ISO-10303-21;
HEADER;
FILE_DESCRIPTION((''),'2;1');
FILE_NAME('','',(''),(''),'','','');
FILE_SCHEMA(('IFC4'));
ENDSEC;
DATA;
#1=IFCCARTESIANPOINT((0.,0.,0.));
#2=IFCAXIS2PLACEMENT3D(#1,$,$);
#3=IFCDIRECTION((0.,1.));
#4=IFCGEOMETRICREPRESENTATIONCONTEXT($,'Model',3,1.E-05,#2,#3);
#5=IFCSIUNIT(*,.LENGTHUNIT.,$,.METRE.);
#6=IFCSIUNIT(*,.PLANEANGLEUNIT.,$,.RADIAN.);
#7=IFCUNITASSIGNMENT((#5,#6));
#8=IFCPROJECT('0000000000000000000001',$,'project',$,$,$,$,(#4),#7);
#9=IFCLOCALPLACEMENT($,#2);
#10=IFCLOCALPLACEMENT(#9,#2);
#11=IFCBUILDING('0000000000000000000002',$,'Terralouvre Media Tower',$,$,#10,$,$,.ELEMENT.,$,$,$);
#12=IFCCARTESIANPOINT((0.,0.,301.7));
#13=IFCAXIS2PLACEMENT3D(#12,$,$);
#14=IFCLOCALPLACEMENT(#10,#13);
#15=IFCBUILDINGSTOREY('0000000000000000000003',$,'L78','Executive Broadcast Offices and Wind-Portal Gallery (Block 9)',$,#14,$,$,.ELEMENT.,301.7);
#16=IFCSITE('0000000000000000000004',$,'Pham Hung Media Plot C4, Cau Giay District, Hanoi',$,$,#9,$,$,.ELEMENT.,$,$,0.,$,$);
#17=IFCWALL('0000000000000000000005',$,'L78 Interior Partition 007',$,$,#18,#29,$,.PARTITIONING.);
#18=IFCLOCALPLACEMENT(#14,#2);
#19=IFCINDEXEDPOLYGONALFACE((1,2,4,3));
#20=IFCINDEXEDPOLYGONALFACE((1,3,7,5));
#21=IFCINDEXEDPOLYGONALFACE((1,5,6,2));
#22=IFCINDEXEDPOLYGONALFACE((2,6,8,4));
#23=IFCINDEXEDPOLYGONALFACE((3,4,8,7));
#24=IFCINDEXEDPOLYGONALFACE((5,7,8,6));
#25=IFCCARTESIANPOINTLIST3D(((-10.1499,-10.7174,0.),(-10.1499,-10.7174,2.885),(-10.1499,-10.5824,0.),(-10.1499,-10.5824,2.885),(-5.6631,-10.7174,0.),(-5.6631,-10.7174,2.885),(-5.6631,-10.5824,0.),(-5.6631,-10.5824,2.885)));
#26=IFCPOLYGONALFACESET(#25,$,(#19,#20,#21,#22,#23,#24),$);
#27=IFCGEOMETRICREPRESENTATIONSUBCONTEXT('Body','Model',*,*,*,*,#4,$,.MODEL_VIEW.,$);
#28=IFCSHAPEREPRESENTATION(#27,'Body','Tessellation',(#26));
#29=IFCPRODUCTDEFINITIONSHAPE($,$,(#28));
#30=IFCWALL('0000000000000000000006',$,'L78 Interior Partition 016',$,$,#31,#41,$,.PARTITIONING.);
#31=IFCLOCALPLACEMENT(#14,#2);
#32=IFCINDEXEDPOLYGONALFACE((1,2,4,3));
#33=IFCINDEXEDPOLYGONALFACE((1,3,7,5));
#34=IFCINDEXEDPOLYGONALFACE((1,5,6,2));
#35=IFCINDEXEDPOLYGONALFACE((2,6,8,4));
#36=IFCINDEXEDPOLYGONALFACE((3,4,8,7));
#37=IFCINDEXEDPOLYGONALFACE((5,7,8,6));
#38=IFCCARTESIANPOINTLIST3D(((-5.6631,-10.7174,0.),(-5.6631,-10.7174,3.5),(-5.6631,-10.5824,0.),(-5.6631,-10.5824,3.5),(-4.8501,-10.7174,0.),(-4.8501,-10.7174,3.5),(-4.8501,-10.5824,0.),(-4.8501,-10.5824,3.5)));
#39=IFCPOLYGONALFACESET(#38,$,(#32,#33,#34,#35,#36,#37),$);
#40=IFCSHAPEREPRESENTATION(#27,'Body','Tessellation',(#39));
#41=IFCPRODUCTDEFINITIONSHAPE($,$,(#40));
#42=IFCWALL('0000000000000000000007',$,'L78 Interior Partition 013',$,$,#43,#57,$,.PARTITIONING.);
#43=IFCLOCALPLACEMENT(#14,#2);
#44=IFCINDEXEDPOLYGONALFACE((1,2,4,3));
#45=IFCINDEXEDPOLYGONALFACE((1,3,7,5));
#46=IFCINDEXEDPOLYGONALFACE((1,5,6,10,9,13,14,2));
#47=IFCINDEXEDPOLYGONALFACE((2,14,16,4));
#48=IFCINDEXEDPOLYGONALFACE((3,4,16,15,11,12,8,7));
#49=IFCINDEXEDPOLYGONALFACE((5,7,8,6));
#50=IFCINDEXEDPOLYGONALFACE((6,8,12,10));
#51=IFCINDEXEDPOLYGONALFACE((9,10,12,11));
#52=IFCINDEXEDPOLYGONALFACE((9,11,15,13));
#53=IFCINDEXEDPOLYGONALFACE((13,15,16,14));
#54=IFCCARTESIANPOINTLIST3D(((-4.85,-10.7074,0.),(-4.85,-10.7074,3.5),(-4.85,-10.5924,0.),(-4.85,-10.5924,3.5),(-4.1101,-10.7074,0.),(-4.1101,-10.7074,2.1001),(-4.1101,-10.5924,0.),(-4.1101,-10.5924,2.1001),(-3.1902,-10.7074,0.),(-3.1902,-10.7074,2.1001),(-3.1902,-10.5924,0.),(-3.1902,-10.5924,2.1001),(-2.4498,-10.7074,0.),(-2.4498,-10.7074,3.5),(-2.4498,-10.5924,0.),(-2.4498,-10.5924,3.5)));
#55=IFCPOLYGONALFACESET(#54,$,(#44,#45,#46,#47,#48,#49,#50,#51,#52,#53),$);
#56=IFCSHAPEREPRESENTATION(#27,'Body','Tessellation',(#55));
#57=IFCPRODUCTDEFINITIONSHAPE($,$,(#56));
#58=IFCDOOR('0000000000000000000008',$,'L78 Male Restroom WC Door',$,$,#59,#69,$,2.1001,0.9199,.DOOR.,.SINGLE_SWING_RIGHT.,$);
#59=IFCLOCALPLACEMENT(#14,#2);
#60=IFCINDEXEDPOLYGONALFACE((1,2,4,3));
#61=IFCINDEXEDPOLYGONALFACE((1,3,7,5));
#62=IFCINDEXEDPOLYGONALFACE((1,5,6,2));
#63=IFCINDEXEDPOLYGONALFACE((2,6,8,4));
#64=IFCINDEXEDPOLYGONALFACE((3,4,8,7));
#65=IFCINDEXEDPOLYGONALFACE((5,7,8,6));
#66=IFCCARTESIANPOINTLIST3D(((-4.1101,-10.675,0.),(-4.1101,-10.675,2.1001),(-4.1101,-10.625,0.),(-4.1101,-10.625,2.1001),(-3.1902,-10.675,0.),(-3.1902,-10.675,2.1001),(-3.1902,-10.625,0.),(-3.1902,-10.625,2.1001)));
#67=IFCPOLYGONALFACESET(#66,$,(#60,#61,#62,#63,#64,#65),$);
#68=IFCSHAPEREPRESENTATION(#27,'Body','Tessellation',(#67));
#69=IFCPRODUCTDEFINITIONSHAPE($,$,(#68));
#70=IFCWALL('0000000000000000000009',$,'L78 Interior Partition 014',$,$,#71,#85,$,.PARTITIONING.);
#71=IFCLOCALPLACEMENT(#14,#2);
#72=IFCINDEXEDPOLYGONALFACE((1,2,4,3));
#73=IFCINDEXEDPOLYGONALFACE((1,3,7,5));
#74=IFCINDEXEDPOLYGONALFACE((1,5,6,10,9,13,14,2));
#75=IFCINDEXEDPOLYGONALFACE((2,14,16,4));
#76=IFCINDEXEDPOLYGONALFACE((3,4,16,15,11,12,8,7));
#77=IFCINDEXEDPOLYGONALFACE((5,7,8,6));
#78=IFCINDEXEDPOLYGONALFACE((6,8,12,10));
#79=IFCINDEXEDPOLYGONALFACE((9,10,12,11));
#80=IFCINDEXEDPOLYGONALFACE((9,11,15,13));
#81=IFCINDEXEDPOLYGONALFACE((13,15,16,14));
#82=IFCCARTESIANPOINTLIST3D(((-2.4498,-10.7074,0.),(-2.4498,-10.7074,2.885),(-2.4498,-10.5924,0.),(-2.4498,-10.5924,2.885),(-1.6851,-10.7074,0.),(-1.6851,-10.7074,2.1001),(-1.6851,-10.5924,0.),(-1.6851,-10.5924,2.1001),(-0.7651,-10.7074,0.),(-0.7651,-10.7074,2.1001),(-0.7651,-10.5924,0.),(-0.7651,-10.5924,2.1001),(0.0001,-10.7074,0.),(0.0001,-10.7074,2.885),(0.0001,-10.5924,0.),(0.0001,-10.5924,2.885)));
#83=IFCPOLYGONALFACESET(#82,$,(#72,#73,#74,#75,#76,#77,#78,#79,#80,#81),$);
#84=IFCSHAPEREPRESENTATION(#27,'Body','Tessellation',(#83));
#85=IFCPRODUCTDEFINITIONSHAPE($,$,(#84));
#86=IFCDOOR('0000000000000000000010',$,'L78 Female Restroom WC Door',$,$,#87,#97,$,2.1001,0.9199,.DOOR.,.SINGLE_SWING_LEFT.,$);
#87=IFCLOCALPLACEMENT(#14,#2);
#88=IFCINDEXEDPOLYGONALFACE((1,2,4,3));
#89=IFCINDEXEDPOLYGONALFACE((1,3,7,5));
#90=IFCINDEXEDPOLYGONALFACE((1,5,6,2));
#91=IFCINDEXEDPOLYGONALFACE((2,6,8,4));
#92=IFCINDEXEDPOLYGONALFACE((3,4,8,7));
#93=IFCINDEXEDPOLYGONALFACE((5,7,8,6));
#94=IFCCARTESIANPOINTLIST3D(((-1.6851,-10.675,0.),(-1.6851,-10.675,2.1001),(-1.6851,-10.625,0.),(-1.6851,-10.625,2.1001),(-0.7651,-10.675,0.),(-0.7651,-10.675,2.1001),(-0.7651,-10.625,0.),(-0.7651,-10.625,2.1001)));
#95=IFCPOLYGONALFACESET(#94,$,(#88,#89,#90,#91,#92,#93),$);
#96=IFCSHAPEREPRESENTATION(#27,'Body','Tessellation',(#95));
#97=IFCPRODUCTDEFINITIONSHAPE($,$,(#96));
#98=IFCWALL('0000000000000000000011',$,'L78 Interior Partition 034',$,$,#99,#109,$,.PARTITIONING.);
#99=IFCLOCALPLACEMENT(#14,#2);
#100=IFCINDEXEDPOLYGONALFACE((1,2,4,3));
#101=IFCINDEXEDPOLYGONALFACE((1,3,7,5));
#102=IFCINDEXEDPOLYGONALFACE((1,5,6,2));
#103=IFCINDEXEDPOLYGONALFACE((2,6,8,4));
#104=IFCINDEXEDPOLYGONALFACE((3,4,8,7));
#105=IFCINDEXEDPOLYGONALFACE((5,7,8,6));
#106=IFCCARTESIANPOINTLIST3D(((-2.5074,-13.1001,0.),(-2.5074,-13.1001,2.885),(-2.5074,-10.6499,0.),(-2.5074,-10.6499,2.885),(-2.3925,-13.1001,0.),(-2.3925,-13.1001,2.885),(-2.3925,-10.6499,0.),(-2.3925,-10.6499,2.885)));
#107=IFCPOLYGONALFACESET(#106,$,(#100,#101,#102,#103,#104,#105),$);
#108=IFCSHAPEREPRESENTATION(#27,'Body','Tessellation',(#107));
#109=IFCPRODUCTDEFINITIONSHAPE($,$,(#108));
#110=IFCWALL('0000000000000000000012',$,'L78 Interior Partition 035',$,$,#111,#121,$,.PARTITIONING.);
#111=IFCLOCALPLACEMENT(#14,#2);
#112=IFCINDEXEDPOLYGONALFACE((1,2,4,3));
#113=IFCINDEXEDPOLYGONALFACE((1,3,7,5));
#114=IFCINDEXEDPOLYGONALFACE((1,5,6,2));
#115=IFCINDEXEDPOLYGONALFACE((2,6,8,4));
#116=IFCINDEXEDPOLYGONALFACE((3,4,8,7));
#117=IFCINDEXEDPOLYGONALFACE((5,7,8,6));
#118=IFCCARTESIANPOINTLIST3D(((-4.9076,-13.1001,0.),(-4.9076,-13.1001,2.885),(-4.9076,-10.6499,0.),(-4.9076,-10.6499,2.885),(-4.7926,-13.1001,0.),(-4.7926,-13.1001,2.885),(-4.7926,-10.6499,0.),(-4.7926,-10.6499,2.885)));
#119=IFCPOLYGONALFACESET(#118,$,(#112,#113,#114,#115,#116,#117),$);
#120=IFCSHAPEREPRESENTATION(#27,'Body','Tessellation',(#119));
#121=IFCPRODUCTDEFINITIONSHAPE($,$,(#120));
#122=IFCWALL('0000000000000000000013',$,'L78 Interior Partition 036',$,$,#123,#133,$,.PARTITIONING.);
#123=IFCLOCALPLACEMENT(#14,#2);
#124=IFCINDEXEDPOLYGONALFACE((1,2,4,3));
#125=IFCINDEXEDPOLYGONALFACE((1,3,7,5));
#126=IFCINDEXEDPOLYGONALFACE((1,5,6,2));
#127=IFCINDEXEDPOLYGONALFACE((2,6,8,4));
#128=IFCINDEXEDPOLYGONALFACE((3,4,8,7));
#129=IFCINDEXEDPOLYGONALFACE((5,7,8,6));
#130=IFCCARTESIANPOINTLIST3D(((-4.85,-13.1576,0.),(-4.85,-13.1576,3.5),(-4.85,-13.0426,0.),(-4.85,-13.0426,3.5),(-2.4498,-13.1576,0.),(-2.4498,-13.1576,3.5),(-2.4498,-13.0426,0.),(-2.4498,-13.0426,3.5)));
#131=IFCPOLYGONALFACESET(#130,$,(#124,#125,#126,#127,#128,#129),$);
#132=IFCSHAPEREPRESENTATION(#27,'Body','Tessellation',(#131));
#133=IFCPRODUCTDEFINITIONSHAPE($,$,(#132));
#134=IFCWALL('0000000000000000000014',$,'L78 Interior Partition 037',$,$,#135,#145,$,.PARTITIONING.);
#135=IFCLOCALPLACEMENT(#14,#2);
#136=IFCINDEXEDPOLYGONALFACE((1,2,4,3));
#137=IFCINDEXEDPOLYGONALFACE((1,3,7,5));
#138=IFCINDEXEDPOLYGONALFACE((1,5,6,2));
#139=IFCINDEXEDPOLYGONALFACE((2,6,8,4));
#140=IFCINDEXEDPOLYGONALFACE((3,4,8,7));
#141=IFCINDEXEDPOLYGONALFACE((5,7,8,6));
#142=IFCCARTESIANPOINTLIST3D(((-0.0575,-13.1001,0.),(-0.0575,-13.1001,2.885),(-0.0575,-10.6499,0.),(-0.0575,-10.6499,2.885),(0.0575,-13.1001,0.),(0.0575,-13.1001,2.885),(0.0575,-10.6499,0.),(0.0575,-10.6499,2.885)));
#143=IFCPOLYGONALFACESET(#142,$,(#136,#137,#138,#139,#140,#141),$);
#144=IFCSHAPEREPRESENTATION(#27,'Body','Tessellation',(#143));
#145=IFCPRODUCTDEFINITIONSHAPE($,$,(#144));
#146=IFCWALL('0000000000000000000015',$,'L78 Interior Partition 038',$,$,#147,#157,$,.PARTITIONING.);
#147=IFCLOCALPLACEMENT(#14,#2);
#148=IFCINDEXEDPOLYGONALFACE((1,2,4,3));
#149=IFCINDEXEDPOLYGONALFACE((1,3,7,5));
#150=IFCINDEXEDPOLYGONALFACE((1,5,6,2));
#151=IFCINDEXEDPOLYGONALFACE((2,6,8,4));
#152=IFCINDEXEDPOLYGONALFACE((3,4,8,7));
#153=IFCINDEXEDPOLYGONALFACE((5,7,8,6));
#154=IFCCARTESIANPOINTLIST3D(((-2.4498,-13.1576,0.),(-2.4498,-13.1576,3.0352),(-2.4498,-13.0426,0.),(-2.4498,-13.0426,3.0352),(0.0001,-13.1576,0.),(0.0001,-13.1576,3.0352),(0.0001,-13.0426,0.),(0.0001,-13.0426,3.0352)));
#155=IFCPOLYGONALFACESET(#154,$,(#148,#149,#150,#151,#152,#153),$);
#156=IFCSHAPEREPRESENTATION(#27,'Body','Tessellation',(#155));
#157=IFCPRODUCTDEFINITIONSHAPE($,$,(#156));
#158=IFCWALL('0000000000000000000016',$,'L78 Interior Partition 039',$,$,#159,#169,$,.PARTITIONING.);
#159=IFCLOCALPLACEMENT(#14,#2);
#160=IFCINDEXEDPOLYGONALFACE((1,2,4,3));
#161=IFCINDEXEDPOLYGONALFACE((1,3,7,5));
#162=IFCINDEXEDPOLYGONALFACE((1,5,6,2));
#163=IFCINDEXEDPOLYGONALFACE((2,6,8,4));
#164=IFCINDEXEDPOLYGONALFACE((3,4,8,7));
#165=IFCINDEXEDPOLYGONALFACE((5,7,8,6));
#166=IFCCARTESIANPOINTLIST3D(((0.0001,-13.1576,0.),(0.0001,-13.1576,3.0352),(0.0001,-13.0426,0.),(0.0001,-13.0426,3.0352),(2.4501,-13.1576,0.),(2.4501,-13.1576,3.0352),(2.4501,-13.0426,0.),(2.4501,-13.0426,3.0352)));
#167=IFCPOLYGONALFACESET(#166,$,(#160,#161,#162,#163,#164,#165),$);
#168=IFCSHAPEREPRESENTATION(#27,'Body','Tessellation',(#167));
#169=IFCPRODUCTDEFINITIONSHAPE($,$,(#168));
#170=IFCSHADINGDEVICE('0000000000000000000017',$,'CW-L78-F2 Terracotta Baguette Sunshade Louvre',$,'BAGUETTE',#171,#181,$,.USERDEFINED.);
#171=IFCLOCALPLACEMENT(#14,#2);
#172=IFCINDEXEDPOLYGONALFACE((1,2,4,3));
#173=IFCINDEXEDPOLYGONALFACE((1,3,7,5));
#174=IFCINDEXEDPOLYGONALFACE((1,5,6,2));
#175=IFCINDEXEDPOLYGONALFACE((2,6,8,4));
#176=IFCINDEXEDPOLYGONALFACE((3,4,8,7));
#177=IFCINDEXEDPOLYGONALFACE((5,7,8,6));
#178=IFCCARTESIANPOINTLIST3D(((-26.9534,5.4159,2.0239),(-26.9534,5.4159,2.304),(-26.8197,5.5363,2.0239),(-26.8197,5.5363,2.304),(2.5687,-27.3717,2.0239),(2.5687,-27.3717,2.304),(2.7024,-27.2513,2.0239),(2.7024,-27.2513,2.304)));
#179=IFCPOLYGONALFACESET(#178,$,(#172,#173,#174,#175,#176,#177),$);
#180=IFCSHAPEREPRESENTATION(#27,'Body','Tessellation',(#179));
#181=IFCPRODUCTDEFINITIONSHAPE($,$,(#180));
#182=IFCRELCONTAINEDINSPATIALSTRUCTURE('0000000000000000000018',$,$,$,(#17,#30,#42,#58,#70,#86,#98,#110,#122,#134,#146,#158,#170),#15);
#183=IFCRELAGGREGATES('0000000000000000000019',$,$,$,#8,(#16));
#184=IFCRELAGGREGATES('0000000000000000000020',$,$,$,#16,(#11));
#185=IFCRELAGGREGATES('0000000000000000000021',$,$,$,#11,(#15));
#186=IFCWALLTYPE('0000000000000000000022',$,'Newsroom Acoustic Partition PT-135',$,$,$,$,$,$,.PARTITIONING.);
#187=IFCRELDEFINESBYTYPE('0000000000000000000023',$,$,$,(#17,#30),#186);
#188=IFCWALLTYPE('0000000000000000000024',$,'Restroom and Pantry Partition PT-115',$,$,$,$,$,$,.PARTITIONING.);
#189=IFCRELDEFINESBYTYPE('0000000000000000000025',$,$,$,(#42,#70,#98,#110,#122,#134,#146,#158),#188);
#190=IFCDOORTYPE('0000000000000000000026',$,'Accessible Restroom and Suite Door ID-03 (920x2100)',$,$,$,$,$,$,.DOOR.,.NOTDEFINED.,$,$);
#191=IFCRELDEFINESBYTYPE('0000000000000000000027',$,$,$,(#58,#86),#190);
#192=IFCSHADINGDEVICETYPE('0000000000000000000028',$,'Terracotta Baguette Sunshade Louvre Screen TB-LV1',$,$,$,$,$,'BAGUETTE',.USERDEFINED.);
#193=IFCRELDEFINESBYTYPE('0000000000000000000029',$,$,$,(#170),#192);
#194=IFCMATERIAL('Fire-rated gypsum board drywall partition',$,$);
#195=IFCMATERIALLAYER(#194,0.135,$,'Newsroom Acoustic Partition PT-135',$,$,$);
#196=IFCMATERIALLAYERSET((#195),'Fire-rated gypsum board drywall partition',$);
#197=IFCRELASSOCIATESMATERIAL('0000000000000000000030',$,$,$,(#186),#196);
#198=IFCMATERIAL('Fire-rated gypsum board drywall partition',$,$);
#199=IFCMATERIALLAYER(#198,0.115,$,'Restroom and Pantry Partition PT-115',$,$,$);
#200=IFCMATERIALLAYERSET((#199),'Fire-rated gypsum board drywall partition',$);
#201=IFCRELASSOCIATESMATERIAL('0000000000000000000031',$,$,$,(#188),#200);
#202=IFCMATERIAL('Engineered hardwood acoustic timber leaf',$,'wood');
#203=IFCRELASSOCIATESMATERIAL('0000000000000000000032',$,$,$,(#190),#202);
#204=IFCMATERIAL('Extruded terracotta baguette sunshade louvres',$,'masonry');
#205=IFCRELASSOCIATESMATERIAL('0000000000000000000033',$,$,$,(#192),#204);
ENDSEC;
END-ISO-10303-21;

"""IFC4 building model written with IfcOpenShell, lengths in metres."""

from ifc_helpers import new_model, si_unit, direction, frame, frame_2d, origin, origin_2d, place, context, subcontext, project, spatial, rectangle, extrude, material, layer, layer_set, type_object, element, fill, save


model = new_model("IFC4")

# Units and contexts
model_context = context("Model", 3, precision=1e-05, world=origin(), true_north=direction((0.0, 1.0)))
body_context = subcontext(model_context, "Body", "Model", "MODEL_VIEW")
ifc_project = project(units=[si_unit("LENGTHUNIT", "METRE"), si_unit("PLANEANGLEUNIT", "RADIAN")], contexts=[model_context])

# Site, building, storey
site_placement = place(None, origin())
site = spatial("IfcSite", under=ifc_project, at=site_placement, Name="Pham Hung Media Plot C4, Cau Giay District, Hanoi", CompositionType="ELEMENT", RefElevation=0.0)
building_placement = place(site_placement, origin())
building = spatial("IfcBuilding", under=site, at=building_placement, Name="Terralouvre Media Tower", CompositionType="ELEMENT")
storey_placement = place(building_placement, frame((0.0, 0.0, 301.7)))
storey = spatial("IfcBuildingStorey", under=building, at=storey_placement, Name="L78", Description="Executive Broadcast Offices and Wind-Portal Gallery (Block 9)", CompositionType="ELEMENT", Elevation=301.7)

# Walls
ifc_material_1 = material(Name="Fire-rated gypsum board drywall partition")
ifc_layer_1 = layer(ifc_material_1, 0.135, Name="Newsroom Acoustic Partition PT-135")
ifc_layer_set_1 = layer_set([ifc_layer_1], Name="Fire-rated gypsum board drywall partition")
wall_type_1 = type_object("IfcWallType", Name="Newsroom Acoustic Partition PT-135", PredefinedType="PARTITIONING", material=ifc_layer_set_1)
wall_1_placement = place(storey_placement, frame((-10.1499, -10.6499, 0.0), z_axis=(0.0, 0.0, 1.0), x_axis=(1.0, 0.0, 0.0)))
element("IfcWall", 1, at=wall_1_placement, inside=storey, type_object=wall_type_1, Name="L78 Interior Partition 007", PredefinedType="PARTITIONING", context=body_context, shape_type="SweptSolid", body=[
    extrude(rectangle(XDim=4.4868, YDim=0.135, at=frame_2d((2.2434, 0.0))), origin(), (0.0, 0.0, 1.0), 2.885),
])
wall_2_placement = place(storey_placement, frame((-5.6631, -10.6499, 0.0), z_axis=(0.0, 0.0, 1.0), x_axis=(1.0, 0.0, 0.0)))
element("IfcWall", 2, at=wall_2_placement, inside=storey, type_object=wall_type_1, Name="L78 Interior Partition 016", PredefinedType="PARTITIONING", context=body_context, shape_type="SweptSolid", body=[
    extrude(rectangle(XDim=0.813, YDim=0.135, at=frame_2d((0.4065, 0.0))), origin(), (0.0, 0.0, 1.0), 3.5),
])

# Walls, openings, doors
ifc_material_2 = material(Name="Fire-rated gypsum board drywall partition")
ifc_layer_2 = layer(ifc_material_2, 0.115, Name="Restroom and Pantry Partition PT-115")
ifc_layer_set_2 = layer_set([ifc_layer_2], Name="Fire-rated gypsum board drywall partition")
wall_type_2 = type_object("IfcWallType", Name="Restroom and Pantry Partition PT-115", PredefinedType="PARTITIONING", material=ifc_layer_set_2)
wall_3_placement = place(storey_placement, frame((-4.8501, -10.6499, 0.0), z_axis=(0.0, 0.0, 1.0), x_axis=(1.0, 0.0, 0.0)))
wall_3 = element("IfcWall", 3, at=wall_3_placement, inside=storey, type_object=wall_type_2, Name="L78 Interior Partition 013", PredefinedType="PARTITIONING", context=body_context, shape_type="SweptSolid", body=[
    extrude(rectangle(XDim=2.4001, YDim=0.115, at=frame_2d((1.2002, 0.0))), origin(), (0.0, 0.0, 1.0), 3.5),
])
opening_1_placement = place(wall_3_placement, frame((0.74, 0.0, 0.0)))
opening_1 = element("IfcOpeningElement", 4, at=opening_1_placement, cuts=wall_3, PredefinedType="OPENING", context=body_context, shape_type="SweptSolid", body=[
    extrude(rectangle(XDim=0.9199, YDim=2.1001, at=frame_2d((0.46, 1.05))), frame((0.0, 0.0674, 0.0), z_axis=(0.0, -1.0, 0.0), x_axis=(1.0, 0.0, 0.0)), (0.0, 0.0, 1.0), 0.135),
])
ifc_material_3 = material(Name="Engineered hardwood acoustic timber leaf", Category="wood")
door_type = type_object("IfcDoorType", Name="Accessible Restroom and Suite Door ID-03 (920x2100)", OperationType="NOTDEFINED", PredefinedType="DOOR", material=ifc_material_3)
door_1_placement = place(opening_1_placement, origin())
door_1 = element("IfcDoor", 5, at=door_1_placement, inside=storey, type_object=door_type, Name="L78 Male Restroom WC Door", OperationType="SINGLE_SWING_RIGHT", OverallHeight=2.1001, OverallWidth=0.9199, PredefinedType="DOOR", context=body_context, shape_type="SweptSolid", body=[
    extrude(rectangle(XDim=0.9199, YDim=2.1001, at=frame_2d((0.46, 1.05))), frame((0.0, 0.0249, 0.0), z_axis=(0.0, -1.0, 0.0), x_axis=(1.0, 0.0, 0.0)), (0.0, 0.0, 1.0), 0.05),
])
fill(opening_1, door_1)
wall_4_placement = place(storey_placement, frame((-2.45, -10.6499, 0.0), z_axis=(0.0, 0.0, 1.0), x_axis=(1.0, 0.0, 0.0)))
wall_4 = element("IfcWall", 6, at=wall_4_placement, inside=storey, type_object=wall_type_2, Name="L78 Interior Partition 014", PredefinedType="PARTITIONING", context=body_context, shape_type="SweptSolid", body=[
    extrude(rectangle(XDim=2.45, YDim=0.115, at=frame_2d((1.2251, 0.0))), origin(), (0.0, 0.0, 1.0), 2.885),
])
opening_2_placement = place(wall_4_placement, frame((0.7649, 0.0, 0.0)))
opening_2 = element("IfcOpeningElement", 7, at=opening_2_placement, cuts=wall_4, PredefinedType="OPENING", context=body_context, shape_type="SweptSolid", body=[
    extrude(rectangle(XDim=0.9199, YDim=2.1001, at=frame_2d((0.46, 1.05))), frame((0.0, 0.0674, 0.0), z_axis=(0.0, -1.0, 0.0), x_axis=(1.0, 0.0, 0.0)), (0.0, 0.0, 1.0), 0.135),
])
door_2_placement = place(opening_2_placement, origin())
door_2 = element("IfcDoor", 8, at=door_2_placement, inside=storey, type_object=door_type, Name="L78 Female Restroom WC Door", OperationType="SINGLE_SWING_LEFT", OverallHeight=2.1001, OverallWidth=0.9199, PredefinedType="DOOR", context=body_context, shape_type="SweptSolid", body=[
    extrude(rectangle(XDim=0.9199, YDim=2.1001, at=frame_2d((0.46, 1.05))), frame((0.0, 0.0249, 0.0), z_axis=(0.0, -1.0, 0.0), x_axis=(1.0, 0.0, 0.0)), (0.0, 0.0, 1.0), 0.05),
])
fill(opening_2, door_2)

# Walls
for number, where, z_axis, x_axis, name in (
    (9, (-2.45, -13.1001, 0.0), (0.0, 0.0, 1.0), (0.0, 1.0, 0.0), "L78 Interior Partition 034"),
    (10, (-4.8501, -10.6499, 0.0), (0.0, 0.0, 1.0), (0.0, -1.0, 0.0), "L78 Interior Partition 035"),
):
    element("IfcWall", number, at=place(storey_placement, frame(where, z_axis=z_axis, x_axis=x_axis)), inside=storey, type_object=wall_type_2, Name=name, PredefinedType="PARTITIONING", context=body_context, shape_type="SweptSolid", body=[
        extrude(rectangle(XDim=2.4502, YDim=0.115, at=frame_2d((1.2251, 0.0))), origin(), (0.0, 0.0, 1.0), 2.885),
    ])
wall_5_placement = place(storey_placement, frame((-4.8501, -13.1001, 0.0), z_axis=(0.0, 0.0, 1.0), x_axis=(1.0, 0.0, 0.0)))
element("IfcWall", 11, at=wall_5_placement, inside=storey, type_object=wall_type_2, Name="L78 Interior Partition 036", PredefinedType="PARTITIONING", context=body_context, shape_type="SweptSolid", body=[
    extrude(rectangle(XDim=2.4001, YDim=0.115, at=frame_2d((1.2002, 0.0))), origin(), (0.0, 0.0, 1.0), 3.5),
])
wall_6_placement = place(storey_placement, frame((0.0, -13.1001, 0.0), z_axis=(0.0, 0.0, 1.0), x_axis=(0.0, 1.0, 0.0)))
element("IfcWall", 12, at=wall_6_placement, inside=storey, type_object=wall_type_2, Name="L78 Interior Partition 037", PredefinedType="PARTITIONING", context=body_context, shape_type="SweptSolid", body=[
    extrude(rectangle(XDim=2.4502, YDim=0.115, at=frame_2d((1.2251, 0.0))), origin(), (0.0, 0.0, 1.0), 2.885),
])
for number, where, z_axis, x_axis, name in (
    (13, (-2.45, -13.1001, 0.0), (0.0, 0.0, 1.0), (1.0, 0.0, 0.0), "L78 Interior Partition 038"),
    (14, (0.0, -13.1001, 0.0), (0.0, 0.0, 1.0), (1.0, 0.0, 0.0), "L78 Interior Partition 039"),
):
    element("IfcWall", number, at=place(storey_placement, frame(where, z_axis=z_axis, x_axis=x_axis)), inside=storey, type_object=wall_type_2, Name=name, PredefinedType="PARTITIONING", context=body_context, shape_type="SweptSolid", body=[
        extrude(rectangle(XDim=2.45, YDim=0.115, at=frame_2d((1.2251, 0.0))), origin(), (0.0, 0.0, 1.0), 3.0352),
    ])

# Shading device
ifc_material_4 = material(Name="Extruded terracotta baguette sunshade louvres", Category="masonry")
shading_device_type = type_object("IfcShadingDeviceType", Name="Terracotta Baguette Sunshade Louvre Screen TB-LV1", ElementType="BAGUETTE", PredefinedType="USERDEFINED", material=ifc_material_4)
shading_device_placement = place(storey_placement, frame((-12.1255, -10.9177, 2.0239), z_axis=(0.0, 0.0, 1.0), x_axis=(0.669131, -0.743145, 0.0)))
element("IfcShadingDevice", 15, at=shading_device_placement, inside=storey, type_object=shading_device_type, Name="CW-L78-F2 Terracotta Baguette Sunshade Louvre", ObjectType="BAGUETTE", PredefinedType="USERDEFINED", context=body_context, shape_type="SweptSolid", body=[
    extrude(rectangle(XDim=44.1201, YDim=0.1799, at=origin_2d()), origin(), (0.0, 0.0, 1.0), 0.28),
])

save(model, "model.ifc")
